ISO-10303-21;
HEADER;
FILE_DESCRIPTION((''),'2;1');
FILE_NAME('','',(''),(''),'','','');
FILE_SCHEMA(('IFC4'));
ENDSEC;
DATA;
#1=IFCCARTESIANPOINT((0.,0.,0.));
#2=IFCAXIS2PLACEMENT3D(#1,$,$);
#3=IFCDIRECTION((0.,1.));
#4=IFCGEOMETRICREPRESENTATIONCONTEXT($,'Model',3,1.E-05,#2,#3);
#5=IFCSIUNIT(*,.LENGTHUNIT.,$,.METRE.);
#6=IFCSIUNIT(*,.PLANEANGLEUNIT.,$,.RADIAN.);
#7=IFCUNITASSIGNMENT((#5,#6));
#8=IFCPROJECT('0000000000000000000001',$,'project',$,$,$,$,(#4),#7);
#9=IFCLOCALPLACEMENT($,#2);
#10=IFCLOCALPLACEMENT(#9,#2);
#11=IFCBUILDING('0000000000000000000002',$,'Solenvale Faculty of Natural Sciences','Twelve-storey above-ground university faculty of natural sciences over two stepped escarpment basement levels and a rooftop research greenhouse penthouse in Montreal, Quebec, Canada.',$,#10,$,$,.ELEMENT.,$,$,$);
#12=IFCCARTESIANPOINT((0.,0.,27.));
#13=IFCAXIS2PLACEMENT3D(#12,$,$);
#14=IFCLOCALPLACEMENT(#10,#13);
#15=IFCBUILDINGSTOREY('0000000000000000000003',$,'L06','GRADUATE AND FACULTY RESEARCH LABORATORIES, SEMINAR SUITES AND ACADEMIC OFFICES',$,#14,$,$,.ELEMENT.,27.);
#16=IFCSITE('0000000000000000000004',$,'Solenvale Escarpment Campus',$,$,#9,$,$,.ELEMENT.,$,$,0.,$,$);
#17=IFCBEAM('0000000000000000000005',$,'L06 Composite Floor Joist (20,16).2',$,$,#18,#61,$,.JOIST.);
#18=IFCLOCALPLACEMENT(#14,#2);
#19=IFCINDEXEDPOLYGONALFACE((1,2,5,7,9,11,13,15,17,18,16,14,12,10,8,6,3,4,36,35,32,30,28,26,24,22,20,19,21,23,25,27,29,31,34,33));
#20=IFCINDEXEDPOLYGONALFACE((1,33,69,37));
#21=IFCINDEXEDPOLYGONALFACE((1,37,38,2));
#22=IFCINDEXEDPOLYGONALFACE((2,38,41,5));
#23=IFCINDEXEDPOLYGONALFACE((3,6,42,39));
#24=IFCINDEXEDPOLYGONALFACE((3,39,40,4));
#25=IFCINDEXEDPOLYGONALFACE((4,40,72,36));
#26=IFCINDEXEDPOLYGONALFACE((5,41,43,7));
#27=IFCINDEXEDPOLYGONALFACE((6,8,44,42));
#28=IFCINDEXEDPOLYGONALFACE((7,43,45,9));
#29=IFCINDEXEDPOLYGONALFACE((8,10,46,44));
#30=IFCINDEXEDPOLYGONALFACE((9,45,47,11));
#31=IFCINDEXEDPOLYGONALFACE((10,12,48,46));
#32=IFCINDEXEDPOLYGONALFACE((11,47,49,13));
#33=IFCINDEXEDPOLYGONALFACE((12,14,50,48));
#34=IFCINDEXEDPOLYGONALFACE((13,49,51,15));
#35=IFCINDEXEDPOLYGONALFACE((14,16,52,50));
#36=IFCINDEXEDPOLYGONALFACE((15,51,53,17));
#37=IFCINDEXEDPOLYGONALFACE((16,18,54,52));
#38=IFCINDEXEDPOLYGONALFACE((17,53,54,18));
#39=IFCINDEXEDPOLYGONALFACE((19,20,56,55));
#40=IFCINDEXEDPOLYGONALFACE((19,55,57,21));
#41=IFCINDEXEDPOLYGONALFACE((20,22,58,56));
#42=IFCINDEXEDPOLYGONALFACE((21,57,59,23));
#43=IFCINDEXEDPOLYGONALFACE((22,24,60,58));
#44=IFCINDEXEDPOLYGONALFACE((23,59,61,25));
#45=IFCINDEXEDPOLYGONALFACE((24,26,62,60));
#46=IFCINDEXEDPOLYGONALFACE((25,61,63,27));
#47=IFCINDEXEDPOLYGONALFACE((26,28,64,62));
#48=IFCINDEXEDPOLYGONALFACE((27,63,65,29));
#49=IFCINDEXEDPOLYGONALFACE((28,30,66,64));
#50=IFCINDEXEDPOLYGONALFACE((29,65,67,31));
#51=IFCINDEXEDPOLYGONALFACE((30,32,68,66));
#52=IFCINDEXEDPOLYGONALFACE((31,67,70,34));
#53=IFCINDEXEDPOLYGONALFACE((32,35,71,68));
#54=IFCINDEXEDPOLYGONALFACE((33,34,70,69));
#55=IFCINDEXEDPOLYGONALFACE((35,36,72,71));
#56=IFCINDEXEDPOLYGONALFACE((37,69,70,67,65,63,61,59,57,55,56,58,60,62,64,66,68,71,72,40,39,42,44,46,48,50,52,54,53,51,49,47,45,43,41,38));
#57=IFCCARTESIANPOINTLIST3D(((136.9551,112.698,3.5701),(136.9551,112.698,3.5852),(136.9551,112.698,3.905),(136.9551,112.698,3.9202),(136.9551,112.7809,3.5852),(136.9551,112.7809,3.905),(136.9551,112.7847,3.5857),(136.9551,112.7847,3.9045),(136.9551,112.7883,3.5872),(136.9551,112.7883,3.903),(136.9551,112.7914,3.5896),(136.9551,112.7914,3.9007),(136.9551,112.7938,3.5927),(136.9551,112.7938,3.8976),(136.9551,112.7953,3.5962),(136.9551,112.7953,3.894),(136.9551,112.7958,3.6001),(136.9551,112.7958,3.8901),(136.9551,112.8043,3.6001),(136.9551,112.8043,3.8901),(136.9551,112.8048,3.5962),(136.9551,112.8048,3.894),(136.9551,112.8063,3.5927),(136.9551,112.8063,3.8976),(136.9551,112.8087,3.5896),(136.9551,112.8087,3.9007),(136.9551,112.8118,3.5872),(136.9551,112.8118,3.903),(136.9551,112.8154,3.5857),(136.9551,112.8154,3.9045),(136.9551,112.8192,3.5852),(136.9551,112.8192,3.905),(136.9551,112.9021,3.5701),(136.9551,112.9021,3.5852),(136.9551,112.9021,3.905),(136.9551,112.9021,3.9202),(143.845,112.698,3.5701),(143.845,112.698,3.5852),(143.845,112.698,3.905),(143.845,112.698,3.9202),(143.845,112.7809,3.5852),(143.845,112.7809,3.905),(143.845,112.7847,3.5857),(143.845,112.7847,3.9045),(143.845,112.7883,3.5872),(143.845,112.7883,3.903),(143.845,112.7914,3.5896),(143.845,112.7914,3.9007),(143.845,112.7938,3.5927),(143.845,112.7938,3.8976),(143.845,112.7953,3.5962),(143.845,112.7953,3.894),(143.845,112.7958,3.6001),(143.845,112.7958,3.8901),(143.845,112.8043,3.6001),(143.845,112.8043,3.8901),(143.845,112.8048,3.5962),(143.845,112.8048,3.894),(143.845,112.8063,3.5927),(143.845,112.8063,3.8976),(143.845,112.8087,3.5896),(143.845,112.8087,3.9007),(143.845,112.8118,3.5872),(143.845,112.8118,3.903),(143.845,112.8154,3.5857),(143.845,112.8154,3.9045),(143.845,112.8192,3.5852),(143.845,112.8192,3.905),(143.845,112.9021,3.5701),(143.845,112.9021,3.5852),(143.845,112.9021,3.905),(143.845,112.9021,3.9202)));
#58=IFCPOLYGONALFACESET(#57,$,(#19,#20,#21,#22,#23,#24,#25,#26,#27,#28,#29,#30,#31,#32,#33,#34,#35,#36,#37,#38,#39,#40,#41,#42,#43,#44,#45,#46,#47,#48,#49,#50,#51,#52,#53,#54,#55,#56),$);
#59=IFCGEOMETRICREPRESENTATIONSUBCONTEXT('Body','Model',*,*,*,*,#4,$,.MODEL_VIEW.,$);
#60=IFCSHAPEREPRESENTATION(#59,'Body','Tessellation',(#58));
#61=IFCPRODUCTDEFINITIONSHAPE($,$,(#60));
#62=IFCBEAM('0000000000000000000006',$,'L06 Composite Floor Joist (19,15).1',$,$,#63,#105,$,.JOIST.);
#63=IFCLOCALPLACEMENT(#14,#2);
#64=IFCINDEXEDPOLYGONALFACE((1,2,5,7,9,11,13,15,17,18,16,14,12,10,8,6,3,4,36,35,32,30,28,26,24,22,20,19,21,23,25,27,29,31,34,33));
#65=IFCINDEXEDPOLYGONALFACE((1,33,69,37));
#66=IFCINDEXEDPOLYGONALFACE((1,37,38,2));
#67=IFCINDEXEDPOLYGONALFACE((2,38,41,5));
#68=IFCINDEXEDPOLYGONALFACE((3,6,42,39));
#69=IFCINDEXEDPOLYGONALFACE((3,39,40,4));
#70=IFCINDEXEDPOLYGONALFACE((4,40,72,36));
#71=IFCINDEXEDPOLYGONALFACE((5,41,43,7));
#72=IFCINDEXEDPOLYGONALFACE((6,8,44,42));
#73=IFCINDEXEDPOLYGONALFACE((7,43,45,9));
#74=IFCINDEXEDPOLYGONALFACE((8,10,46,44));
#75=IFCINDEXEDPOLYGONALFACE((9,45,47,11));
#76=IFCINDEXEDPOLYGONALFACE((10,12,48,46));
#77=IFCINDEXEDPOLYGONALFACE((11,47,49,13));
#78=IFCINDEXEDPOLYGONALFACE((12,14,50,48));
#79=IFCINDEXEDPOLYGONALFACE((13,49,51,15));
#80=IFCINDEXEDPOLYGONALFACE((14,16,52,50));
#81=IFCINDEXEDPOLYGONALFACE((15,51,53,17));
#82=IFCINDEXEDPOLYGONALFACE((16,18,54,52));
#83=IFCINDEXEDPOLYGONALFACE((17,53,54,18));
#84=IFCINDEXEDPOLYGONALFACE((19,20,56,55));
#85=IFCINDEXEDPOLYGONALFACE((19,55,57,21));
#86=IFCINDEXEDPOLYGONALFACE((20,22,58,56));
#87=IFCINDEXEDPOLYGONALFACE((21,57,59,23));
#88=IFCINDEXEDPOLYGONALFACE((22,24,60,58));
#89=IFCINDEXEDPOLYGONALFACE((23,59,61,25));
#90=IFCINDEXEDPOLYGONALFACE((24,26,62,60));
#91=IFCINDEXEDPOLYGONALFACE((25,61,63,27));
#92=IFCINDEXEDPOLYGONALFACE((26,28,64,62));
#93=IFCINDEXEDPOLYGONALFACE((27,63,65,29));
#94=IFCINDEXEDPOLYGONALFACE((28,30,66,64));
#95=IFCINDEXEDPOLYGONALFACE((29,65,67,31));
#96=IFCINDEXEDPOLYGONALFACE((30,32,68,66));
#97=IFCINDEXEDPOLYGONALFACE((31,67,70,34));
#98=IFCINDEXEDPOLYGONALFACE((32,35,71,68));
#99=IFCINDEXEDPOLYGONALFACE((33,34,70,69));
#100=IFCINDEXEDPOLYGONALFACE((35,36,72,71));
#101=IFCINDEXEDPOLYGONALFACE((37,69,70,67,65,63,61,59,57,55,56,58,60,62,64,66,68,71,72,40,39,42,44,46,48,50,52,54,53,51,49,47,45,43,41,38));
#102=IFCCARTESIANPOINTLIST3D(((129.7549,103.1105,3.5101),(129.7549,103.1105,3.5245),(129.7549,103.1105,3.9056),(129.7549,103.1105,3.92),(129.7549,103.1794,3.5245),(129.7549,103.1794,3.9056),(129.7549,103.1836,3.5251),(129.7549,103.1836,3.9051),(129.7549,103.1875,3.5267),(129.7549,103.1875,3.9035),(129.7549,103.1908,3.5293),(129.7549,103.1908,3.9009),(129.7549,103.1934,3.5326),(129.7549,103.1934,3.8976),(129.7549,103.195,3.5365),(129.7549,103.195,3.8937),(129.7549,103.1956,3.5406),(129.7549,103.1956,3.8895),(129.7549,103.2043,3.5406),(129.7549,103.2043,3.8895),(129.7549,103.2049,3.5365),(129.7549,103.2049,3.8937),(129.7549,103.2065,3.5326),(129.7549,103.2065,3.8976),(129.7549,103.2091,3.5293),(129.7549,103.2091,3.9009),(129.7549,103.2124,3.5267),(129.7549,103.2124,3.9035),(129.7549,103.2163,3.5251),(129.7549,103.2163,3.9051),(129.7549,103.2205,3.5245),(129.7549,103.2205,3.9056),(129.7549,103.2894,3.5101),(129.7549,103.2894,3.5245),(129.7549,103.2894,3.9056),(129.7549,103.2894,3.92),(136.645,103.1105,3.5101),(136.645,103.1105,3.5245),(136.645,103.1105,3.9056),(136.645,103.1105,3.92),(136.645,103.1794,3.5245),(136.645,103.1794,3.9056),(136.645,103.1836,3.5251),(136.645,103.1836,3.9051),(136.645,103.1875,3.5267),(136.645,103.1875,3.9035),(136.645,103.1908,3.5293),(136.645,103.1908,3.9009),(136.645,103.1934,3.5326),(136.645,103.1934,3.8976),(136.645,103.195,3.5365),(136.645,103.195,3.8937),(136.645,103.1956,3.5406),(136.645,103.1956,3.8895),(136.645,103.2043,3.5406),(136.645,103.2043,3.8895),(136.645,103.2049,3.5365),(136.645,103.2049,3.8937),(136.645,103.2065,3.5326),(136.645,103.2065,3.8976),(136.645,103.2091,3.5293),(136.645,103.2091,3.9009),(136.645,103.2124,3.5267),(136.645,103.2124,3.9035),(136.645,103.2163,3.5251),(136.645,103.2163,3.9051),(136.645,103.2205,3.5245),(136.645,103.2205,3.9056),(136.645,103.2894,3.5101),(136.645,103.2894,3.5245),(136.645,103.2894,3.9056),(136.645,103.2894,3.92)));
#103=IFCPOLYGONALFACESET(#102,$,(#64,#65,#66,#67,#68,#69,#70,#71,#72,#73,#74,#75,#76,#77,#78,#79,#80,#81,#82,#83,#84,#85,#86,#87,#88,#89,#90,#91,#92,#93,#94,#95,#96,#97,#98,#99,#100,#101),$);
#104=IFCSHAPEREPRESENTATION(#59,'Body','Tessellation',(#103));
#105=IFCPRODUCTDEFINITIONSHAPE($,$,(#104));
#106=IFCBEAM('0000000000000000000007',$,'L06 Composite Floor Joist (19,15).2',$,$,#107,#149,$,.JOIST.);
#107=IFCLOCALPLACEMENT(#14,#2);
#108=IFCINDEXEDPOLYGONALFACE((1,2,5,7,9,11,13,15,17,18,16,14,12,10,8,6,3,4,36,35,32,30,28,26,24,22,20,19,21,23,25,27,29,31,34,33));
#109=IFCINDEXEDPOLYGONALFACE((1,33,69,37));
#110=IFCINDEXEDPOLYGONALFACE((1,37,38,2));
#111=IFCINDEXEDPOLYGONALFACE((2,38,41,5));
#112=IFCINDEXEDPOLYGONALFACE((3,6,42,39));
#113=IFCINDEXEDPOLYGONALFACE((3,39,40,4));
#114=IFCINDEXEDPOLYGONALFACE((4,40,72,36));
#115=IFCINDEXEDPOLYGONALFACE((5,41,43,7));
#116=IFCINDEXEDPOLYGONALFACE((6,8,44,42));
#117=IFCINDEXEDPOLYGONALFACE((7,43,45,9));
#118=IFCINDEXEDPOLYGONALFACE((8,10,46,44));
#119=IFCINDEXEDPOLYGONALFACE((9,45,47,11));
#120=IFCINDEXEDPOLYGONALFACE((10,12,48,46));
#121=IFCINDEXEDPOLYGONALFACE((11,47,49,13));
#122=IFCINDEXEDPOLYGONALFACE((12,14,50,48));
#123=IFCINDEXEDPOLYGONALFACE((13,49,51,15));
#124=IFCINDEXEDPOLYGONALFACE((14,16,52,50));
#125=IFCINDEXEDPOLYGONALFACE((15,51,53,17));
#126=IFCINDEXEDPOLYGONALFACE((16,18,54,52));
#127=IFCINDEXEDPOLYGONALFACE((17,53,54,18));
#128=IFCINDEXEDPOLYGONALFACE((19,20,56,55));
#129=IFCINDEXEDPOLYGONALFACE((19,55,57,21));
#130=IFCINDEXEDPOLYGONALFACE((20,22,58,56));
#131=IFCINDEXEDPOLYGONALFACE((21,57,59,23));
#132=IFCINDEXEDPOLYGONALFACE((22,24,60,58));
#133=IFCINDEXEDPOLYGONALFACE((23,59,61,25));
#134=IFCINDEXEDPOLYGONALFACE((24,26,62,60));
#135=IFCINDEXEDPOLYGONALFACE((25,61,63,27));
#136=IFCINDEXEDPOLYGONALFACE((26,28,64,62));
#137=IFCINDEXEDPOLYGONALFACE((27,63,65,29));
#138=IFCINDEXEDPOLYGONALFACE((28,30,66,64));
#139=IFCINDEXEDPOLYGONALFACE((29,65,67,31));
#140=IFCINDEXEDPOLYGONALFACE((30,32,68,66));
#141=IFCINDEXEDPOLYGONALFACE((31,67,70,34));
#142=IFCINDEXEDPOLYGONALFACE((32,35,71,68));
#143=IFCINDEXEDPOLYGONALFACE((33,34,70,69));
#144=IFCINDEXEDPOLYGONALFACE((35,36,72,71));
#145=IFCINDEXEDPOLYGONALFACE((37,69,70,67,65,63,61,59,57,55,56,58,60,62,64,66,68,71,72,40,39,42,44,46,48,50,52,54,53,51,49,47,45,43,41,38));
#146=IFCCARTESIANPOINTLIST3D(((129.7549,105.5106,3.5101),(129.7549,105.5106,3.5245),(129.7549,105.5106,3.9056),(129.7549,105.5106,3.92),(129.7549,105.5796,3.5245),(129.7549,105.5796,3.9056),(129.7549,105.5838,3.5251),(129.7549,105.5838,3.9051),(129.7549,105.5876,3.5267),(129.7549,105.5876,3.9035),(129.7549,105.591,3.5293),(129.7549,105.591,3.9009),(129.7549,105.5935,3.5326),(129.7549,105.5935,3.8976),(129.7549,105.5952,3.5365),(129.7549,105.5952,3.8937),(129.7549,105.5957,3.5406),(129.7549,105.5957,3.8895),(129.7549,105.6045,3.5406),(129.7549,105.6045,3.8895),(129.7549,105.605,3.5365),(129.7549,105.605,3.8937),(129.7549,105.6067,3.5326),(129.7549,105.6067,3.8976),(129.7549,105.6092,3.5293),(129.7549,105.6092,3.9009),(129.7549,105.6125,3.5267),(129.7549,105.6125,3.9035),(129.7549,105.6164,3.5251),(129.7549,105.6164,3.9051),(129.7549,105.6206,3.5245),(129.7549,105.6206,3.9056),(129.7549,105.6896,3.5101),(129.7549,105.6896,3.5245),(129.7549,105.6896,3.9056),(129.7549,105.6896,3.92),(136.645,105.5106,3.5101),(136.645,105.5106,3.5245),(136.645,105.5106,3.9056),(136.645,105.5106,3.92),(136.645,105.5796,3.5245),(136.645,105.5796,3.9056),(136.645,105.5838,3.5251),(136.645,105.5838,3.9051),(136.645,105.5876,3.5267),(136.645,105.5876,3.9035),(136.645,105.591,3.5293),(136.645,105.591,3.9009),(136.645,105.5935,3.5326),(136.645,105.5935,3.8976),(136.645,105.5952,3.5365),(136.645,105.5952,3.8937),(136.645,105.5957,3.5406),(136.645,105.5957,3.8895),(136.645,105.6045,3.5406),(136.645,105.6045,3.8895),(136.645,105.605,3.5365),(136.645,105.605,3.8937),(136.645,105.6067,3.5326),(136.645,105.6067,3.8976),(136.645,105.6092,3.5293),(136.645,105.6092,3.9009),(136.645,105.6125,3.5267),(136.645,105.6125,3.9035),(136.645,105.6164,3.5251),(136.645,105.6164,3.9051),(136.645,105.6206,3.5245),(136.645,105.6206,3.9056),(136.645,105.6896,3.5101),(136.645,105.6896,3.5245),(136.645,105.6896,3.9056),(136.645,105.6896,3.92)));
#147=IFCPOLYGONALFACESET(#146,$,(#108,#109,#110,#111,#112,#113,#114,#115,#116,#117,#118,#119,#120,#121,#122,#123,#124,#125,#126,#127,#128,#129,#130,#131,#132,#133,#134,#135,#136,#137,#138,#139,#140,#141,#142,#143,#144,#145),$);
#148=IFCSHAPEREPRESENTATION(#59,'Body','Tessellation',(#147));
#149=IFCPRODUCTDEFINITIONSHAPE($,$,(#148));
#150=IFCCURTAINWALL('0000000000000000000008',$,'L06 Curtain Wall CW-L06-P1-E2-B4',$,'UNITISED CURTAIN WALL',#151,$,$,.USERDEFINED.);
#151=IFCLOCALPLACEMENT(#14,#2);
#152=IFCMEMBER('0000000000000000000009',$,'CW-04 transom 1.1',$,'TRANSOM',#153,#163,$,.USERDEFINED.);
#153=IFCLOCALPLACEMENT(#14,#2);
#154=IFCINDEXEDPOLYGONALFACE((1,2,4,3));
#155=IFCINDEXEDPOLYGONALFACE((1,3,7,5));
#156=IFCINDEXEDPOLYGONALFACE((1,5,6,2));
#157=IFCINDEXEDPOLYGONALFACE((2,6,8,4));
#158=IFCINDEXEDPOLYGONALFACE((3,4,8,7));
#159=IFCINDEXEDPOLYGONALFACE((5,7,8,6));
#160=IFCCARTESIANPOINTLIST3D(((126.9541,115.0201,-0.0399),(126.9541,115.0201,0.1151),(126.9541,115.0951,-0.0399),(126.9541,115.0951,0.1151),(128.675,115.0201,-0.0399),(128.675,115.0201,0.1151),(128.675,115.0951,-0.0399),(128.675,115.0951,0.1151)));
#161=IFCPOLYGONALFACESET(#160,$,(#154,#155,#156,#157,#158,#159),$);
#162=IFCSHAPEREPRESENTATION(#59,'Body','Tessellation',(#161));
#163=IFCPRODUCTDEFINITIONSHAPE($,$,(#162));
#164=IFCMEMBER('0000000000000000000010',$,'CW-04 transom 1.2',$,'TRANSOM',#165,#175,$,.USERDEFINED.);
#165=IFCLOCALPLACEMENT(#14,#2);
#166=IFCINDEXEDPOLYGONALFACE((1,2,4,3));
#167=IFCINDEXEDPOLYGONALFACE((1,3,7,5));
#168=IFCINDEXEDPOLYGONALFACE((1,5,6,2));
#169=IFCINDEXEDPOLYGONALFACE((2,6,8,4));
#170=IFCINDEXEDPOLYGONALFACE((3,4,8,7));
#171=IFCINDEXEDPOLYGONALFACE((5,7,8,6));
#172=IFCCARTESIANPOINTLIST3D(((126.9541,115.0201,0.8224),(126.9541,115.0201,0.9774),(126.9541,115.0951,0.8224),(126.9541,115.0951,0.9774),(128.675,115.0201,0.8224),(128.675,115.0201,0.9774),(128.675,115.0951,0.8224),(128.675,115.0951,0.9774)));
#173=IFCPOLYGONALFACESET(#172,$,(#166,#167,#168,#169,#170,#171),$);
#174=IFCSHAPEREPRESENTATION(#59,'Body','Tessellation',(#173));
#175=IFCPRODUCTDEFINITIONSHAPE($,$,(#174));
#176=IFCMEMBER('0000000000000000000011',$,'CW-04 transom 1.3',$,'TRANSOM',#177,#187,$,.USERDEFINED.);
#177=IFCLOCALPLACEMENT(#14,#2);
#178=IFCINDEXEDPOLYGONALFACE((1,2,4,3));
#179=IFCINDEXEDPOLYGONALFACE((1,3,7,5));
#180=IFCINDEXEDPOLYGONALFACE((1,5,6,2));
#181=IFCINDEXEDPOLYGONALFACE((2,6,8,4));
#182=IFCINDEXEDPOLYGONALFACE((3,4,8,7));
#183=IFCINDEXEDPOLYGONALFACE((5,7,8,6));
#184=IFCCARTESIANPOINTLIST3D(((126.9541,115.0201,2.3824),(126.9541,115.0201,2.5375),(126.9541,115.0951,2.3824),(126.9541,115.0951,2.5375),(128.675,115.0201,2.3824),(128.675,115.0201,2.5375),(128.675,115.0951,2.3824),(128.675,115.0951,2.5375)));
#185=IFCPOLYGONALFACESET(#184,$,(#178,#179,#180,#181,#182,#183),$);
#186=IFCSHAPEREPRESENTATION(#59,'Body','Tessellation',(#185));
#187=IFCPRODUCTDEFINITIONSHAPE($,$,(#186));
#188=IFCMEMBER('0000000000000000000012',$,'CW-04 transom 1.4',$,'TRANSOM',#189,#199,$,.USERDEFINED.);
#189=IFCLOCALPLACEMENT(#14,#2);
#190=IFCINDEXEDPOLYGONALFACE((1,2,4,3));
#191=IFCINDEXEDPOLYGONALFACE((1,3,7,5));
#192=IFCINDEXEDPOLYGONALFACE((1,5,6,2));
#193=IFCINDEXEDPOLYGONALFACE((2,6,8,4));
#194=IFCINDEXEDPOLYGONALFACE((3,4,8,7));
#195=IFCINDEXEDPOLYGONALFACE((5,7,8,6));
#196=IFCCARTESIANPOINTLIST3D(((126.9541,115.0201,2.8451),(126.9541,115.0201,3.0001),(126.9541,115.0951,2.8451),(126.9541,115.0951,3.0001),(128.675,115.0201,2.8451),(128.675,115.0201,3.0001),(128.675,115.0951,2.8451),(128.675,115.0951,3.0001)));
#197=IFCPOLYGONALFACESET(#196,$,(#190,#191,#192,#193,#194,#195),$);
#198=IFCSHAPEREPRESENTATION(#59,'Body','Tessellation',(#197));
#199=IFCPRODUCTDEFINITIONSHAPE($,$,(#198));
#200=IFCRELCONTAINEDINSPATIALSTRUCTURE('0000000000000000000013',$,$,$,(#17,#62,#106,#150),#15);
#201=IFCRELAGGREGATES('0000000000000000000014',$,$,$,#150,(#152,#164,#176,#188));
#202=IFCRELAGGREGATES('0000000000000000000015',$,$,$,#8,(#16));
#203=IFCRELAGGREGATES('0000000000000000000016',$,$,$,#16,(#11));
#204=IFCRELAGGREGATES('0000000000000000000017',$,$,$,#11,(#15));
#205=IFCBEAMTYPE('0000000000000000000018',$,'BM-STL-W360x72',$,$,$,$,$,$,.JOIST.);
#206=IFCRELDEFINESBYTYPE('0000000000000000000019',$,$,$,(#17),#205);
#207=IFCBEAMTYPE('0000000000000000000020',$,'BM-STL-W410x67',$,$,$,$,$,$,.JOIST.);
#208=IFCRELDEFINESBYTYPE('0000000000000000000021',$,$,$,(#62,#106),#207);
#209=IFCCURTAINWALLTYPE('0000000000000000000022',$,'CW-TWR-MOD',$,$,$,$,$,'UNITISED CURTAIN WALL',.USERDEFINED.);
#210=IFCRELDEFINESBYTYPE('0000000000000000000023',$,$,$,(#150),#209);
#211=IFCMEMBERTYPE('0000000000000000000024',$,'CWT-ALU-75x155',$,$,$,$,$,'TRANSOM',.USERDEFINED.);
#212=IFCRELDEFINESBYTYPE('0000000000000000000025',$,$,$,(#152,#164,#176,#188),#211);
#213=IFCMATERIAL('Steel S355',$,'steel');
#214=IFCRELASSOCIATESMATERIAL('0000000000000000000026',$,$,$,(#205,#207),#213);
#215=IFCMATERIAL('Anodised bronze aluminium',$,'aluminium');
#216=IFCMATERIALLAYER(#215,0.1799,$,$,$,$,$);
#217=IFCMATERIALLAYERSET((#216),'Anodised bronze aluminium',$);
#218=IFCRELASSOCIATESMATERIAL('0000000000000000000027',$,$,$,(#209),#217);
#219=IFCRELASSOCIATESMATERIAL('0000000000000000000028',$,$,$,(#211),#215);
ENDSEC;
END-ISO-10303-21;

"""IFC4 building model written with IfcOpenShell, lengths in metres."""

from ifc_helpers import new_model, si_unit, direction, frame, origin, origin_2d, place, context, subcontext, project, spatial, rectangle, i_section, extrude, material, layer, layer_set, material_profile, profile_set, type_object, element, aggregate, save


model = new_model("IFC4")

# Units and contexts
model_context = context("Model", 3, precision=1e-05, world=origin(), true_north=direction((0.0, 1.0)))
body_context = subcontext(model_context, "Body", "Model", "MODEL_VIEW")
ifc_project = project(units=[si_unit("LENGTHUNIT", "METRE"), si_unit("PLANEANGLEUNIT", "RADIAN")], contexts=[model_context])

# Site, building, storey
site_placement = place(None, origin())
site = spatial("IfcSite", under=ifc_project, at=site_placement, Name="Solenvale Escarpment Campus", CompositionType="ELEMENT", RefElevation=0.0)
building_placement = place(site_placement, origin())
building = spatial("IfcBuilding", under=site, at=building_placement, Name="Solenvale Faculty of Natural Sciences", Description="Twelve-storey above-ground university faculty of natural sciences over two stepped escarpment basement levels and a rooftop research greenhouse penthouse in Montreal, Quebec, Canada.", CompositionType="ELEMENT")
storey_placement = place(building_placement, frame((0.0, 0.0, 27.0)))
storey = spatial("IfcBuildingStorey", under=building, at=storey_placement, Name="L06", Description="GRADUATE AND FACULTY RESEARCH LABORATORIES, SEMINAR SUITES AND ACADEMIC OFFICES", CompositionType="ELEMENT", Elevation=27.0)

# Beams
ifc_material_1 = material(Name="Steel S355", Category="steel")
ifc_material_profile_1 = material_profile(ifc_material_1, i_section(OverallWidth=0.2041, OverallDepth=0.3501, WebThickness=0.0085, FlangeThickness=0.0151, FilletRadius=0.0149, at=origin_2d()), Name="W360x72")
ifc_profile_set_1 = profile_set([ifc_material_profile_1], Name="Steel S355")
beam_type_1 = type_object("IfcBeamType", Name="BM-STL-W360x72", PredefinedType="JOIST", material=ifc_profile_set_1)
for number, where, z_axis, x_axis, name in (
    (1, (136.9551, 112.8, 3.7451), (1.0, 0.0, 0.0), (0.0, 1.0, 0.0), "L06 Composite Floor Joist (20,16).2"),
):
    element("IfcBeam", number, at=place(storey_placement, frame(where, z_axis=z_axis, x_axis=x_axis)), inside=storey, type_object=beam_type_1, Name=name, PredefinedType="JOIST", context=body_context, shape_type="SweptSolid", body=[
        extrude(i_section(OverallWidth=0.2041, OverallDepth=0.3501, WebThickness=0.0085, FlangeThickness=0.0151, FilletRadius=0.0149, at=origin_2d()), origin(), (0.0, 0.0, 1.0), 6.8899),
    ])
ifc_material_profile_2 = material_profile(ifc_material_1, i_section(OverallWidth=0.179, OverallDepth=0.4099, WebThickness=0.0088, FlangeThickness=0.0144, FilletRadius=0.0161, at=origin_2d()), Name="W410x67")
ifc_profile_set_2 = profile_set([ifc_material_profile_2], Name="Steel S355")
beam_type_2 = type_object("IfcBeamType", Name="BM-STL-W410x67", PredefinedType="JOIST", material=ifc_profile_set_2)
for number, where, z_axis, x_axis, name in (
    (2, (129.7549, 103.2, 3.7151), (1.0, 0.0, 0.0), (0.0, 1.0, 0.0), "L06 Composite Floor Joist (19,15).1"),
    (3, (129.7549, 105.6001, 3.7151), (1.0, 0.0, 0.0), (0.0, 1.0, 0.0), "L06 Composite Floor Joist (19,15).2"),
):
    element("IfcBeam", number, at=place(storey_placement, frame(where, z_axis=z_axis, x_axis=x_axis)), inside=storey, type_object=beam_type_2, Name=name, PredefinedType="JOIST", context=body_context, shape_type="SweptSolid", body=[
        extrude(i_section(OverallWidth=0.179, OverallDepth=0.4099, WebThickness=0.0088, FlangeThickness=0.0144, FilletRadius=0.0161, at=origin_2d()), origin(), (0.0, 0.0, 1.0), 6.8901),
    ])

# Curtain wall, members
ifc_material_2 = material(Name="Anodised bronze aluminium", Category="aluminium")
ifc_layer_1 = layer(ifc_material_2, 0.1799)
ifc_layer_set_1 = layer_set([ifc_layer_1], Name="Anodised bronze aluminium")
curtain_wall_type = type_object("IfcCurtainWallType", Name="CW-TWR-MOD", ElementType="UNITISED CURTAIN WALL", PredefinedType="USERDEFINED", material=ifc_layer_set_1)
curtain_wall_placement = place(storey_placement, origin())
curtain_wall = element("IfcCurtainWall", 4, at=curtain_wall_placement, inside=storey, type_object=curtain_wall_type, Name="L06 Curtain Wall CW-L06-P1-E2-B4", ObjectType="UNITISED CURTAIN WALL", PredefinedType="USERDEFINED")
ifc_material_profile_3 = material_profile(ifc_material_2, rectangle(XDim=0.075, YDim=0.155, at=origin_2d()), Name="ALU-TRN-75x155")
ifc_profile_set_3 = profile_set([ifc_material_profile_3], Name="Anodised bronze aluminium")
member_type = type_object("IfcMemberType", Name="CWT-ALU-75x155", ElementType="TRANSOM", PredefinedType="USERDEFINED", material=ifc_profile_set_3)
member_1_placement = place(storey_placement, frame((128.675, 115.0576, 0.0376), z_axis=(-1.0, 0.0, 0.0), x_axis=(0.0, -1.0, 0.0)))
member_1 = element("IfcMember", 5, at=member_1_placement, type_object=member_type, Name="CW-04 transom 1.1", ObjectType="TRANSOM", PredefinedType="USERDEFINED", context=body_context, shape_type="SweptSolid", body=[
    extrude(rectangle(XDim=0.075, YDim=0.155, at=origin_2d()), origin(), (0.0, 0.0, 1.0), 1.7209),
])
member_2_placement = place(storey_placement, frame((128.675, 115.0576, 0.8999), z_axis=(-1.0, 0.0, 0.0), x_axis=(0.0, -1.0, 0.0)))
member_2 = element("IfcMember", 6, at=member_2_placement, type_object=member_type, Name="CW-04 transom 1.2", ObjectType="TRANSOM", PredefinedType="USERDEFINED", context=body_context, shape_type="SweptSolid", body=[
    extrude(rectangle(XDim=0.075, YDim=0.155, at=origin_2d()), origin(), (0.0, 0.0, 1.0), 1.7209),
])
member_3_placement = place(storey_placement, frame((128.675, 115.0576, 2.46), z_axis=(-1.0, 0.0, 0.0), x_axis=(0.0, -1.0, 0.0)))
member_3 = element("IfcMember", 7, at=member_3_placement, type_object=member_type, Name="CW-04 transom 1.3", ObjectType="TRANSOM", PredefinedType="USERDEFINED", context=body_context, shape_type="SweptSolid", body=[
    extrude(rectangle(XDim=0.075, YDim=0.155, at=origin_2d()), origin(), (0.0, 0.0, 1.0), 1.7209),
])
member_4_placement = place(storey_placement, frame((128.675, 115.0576, 2.9226), z_axis=(-1.0, 0.0, 0.0), x_axis=(0.0, -1.0, 0.0)))
member_4 = element("IfcMember", 8, at=member_4_placement, type_object=member_type, Name="CW-04 transom 1.4", ObjectType="TRANSOM", PredefinedType="USERDEFINED", context=body_context, shape_type="SweptSolid", body=[
    extrude(rectangle(XDim=0.075, YDim=0.155, at=origin_2d()), origin(), (0.0, 0.0, 1.0), 1.7209),
])
aggregate(curtain_wall, [member_1, member_2, member_3, member_4])

save(model, "model.ifc")
